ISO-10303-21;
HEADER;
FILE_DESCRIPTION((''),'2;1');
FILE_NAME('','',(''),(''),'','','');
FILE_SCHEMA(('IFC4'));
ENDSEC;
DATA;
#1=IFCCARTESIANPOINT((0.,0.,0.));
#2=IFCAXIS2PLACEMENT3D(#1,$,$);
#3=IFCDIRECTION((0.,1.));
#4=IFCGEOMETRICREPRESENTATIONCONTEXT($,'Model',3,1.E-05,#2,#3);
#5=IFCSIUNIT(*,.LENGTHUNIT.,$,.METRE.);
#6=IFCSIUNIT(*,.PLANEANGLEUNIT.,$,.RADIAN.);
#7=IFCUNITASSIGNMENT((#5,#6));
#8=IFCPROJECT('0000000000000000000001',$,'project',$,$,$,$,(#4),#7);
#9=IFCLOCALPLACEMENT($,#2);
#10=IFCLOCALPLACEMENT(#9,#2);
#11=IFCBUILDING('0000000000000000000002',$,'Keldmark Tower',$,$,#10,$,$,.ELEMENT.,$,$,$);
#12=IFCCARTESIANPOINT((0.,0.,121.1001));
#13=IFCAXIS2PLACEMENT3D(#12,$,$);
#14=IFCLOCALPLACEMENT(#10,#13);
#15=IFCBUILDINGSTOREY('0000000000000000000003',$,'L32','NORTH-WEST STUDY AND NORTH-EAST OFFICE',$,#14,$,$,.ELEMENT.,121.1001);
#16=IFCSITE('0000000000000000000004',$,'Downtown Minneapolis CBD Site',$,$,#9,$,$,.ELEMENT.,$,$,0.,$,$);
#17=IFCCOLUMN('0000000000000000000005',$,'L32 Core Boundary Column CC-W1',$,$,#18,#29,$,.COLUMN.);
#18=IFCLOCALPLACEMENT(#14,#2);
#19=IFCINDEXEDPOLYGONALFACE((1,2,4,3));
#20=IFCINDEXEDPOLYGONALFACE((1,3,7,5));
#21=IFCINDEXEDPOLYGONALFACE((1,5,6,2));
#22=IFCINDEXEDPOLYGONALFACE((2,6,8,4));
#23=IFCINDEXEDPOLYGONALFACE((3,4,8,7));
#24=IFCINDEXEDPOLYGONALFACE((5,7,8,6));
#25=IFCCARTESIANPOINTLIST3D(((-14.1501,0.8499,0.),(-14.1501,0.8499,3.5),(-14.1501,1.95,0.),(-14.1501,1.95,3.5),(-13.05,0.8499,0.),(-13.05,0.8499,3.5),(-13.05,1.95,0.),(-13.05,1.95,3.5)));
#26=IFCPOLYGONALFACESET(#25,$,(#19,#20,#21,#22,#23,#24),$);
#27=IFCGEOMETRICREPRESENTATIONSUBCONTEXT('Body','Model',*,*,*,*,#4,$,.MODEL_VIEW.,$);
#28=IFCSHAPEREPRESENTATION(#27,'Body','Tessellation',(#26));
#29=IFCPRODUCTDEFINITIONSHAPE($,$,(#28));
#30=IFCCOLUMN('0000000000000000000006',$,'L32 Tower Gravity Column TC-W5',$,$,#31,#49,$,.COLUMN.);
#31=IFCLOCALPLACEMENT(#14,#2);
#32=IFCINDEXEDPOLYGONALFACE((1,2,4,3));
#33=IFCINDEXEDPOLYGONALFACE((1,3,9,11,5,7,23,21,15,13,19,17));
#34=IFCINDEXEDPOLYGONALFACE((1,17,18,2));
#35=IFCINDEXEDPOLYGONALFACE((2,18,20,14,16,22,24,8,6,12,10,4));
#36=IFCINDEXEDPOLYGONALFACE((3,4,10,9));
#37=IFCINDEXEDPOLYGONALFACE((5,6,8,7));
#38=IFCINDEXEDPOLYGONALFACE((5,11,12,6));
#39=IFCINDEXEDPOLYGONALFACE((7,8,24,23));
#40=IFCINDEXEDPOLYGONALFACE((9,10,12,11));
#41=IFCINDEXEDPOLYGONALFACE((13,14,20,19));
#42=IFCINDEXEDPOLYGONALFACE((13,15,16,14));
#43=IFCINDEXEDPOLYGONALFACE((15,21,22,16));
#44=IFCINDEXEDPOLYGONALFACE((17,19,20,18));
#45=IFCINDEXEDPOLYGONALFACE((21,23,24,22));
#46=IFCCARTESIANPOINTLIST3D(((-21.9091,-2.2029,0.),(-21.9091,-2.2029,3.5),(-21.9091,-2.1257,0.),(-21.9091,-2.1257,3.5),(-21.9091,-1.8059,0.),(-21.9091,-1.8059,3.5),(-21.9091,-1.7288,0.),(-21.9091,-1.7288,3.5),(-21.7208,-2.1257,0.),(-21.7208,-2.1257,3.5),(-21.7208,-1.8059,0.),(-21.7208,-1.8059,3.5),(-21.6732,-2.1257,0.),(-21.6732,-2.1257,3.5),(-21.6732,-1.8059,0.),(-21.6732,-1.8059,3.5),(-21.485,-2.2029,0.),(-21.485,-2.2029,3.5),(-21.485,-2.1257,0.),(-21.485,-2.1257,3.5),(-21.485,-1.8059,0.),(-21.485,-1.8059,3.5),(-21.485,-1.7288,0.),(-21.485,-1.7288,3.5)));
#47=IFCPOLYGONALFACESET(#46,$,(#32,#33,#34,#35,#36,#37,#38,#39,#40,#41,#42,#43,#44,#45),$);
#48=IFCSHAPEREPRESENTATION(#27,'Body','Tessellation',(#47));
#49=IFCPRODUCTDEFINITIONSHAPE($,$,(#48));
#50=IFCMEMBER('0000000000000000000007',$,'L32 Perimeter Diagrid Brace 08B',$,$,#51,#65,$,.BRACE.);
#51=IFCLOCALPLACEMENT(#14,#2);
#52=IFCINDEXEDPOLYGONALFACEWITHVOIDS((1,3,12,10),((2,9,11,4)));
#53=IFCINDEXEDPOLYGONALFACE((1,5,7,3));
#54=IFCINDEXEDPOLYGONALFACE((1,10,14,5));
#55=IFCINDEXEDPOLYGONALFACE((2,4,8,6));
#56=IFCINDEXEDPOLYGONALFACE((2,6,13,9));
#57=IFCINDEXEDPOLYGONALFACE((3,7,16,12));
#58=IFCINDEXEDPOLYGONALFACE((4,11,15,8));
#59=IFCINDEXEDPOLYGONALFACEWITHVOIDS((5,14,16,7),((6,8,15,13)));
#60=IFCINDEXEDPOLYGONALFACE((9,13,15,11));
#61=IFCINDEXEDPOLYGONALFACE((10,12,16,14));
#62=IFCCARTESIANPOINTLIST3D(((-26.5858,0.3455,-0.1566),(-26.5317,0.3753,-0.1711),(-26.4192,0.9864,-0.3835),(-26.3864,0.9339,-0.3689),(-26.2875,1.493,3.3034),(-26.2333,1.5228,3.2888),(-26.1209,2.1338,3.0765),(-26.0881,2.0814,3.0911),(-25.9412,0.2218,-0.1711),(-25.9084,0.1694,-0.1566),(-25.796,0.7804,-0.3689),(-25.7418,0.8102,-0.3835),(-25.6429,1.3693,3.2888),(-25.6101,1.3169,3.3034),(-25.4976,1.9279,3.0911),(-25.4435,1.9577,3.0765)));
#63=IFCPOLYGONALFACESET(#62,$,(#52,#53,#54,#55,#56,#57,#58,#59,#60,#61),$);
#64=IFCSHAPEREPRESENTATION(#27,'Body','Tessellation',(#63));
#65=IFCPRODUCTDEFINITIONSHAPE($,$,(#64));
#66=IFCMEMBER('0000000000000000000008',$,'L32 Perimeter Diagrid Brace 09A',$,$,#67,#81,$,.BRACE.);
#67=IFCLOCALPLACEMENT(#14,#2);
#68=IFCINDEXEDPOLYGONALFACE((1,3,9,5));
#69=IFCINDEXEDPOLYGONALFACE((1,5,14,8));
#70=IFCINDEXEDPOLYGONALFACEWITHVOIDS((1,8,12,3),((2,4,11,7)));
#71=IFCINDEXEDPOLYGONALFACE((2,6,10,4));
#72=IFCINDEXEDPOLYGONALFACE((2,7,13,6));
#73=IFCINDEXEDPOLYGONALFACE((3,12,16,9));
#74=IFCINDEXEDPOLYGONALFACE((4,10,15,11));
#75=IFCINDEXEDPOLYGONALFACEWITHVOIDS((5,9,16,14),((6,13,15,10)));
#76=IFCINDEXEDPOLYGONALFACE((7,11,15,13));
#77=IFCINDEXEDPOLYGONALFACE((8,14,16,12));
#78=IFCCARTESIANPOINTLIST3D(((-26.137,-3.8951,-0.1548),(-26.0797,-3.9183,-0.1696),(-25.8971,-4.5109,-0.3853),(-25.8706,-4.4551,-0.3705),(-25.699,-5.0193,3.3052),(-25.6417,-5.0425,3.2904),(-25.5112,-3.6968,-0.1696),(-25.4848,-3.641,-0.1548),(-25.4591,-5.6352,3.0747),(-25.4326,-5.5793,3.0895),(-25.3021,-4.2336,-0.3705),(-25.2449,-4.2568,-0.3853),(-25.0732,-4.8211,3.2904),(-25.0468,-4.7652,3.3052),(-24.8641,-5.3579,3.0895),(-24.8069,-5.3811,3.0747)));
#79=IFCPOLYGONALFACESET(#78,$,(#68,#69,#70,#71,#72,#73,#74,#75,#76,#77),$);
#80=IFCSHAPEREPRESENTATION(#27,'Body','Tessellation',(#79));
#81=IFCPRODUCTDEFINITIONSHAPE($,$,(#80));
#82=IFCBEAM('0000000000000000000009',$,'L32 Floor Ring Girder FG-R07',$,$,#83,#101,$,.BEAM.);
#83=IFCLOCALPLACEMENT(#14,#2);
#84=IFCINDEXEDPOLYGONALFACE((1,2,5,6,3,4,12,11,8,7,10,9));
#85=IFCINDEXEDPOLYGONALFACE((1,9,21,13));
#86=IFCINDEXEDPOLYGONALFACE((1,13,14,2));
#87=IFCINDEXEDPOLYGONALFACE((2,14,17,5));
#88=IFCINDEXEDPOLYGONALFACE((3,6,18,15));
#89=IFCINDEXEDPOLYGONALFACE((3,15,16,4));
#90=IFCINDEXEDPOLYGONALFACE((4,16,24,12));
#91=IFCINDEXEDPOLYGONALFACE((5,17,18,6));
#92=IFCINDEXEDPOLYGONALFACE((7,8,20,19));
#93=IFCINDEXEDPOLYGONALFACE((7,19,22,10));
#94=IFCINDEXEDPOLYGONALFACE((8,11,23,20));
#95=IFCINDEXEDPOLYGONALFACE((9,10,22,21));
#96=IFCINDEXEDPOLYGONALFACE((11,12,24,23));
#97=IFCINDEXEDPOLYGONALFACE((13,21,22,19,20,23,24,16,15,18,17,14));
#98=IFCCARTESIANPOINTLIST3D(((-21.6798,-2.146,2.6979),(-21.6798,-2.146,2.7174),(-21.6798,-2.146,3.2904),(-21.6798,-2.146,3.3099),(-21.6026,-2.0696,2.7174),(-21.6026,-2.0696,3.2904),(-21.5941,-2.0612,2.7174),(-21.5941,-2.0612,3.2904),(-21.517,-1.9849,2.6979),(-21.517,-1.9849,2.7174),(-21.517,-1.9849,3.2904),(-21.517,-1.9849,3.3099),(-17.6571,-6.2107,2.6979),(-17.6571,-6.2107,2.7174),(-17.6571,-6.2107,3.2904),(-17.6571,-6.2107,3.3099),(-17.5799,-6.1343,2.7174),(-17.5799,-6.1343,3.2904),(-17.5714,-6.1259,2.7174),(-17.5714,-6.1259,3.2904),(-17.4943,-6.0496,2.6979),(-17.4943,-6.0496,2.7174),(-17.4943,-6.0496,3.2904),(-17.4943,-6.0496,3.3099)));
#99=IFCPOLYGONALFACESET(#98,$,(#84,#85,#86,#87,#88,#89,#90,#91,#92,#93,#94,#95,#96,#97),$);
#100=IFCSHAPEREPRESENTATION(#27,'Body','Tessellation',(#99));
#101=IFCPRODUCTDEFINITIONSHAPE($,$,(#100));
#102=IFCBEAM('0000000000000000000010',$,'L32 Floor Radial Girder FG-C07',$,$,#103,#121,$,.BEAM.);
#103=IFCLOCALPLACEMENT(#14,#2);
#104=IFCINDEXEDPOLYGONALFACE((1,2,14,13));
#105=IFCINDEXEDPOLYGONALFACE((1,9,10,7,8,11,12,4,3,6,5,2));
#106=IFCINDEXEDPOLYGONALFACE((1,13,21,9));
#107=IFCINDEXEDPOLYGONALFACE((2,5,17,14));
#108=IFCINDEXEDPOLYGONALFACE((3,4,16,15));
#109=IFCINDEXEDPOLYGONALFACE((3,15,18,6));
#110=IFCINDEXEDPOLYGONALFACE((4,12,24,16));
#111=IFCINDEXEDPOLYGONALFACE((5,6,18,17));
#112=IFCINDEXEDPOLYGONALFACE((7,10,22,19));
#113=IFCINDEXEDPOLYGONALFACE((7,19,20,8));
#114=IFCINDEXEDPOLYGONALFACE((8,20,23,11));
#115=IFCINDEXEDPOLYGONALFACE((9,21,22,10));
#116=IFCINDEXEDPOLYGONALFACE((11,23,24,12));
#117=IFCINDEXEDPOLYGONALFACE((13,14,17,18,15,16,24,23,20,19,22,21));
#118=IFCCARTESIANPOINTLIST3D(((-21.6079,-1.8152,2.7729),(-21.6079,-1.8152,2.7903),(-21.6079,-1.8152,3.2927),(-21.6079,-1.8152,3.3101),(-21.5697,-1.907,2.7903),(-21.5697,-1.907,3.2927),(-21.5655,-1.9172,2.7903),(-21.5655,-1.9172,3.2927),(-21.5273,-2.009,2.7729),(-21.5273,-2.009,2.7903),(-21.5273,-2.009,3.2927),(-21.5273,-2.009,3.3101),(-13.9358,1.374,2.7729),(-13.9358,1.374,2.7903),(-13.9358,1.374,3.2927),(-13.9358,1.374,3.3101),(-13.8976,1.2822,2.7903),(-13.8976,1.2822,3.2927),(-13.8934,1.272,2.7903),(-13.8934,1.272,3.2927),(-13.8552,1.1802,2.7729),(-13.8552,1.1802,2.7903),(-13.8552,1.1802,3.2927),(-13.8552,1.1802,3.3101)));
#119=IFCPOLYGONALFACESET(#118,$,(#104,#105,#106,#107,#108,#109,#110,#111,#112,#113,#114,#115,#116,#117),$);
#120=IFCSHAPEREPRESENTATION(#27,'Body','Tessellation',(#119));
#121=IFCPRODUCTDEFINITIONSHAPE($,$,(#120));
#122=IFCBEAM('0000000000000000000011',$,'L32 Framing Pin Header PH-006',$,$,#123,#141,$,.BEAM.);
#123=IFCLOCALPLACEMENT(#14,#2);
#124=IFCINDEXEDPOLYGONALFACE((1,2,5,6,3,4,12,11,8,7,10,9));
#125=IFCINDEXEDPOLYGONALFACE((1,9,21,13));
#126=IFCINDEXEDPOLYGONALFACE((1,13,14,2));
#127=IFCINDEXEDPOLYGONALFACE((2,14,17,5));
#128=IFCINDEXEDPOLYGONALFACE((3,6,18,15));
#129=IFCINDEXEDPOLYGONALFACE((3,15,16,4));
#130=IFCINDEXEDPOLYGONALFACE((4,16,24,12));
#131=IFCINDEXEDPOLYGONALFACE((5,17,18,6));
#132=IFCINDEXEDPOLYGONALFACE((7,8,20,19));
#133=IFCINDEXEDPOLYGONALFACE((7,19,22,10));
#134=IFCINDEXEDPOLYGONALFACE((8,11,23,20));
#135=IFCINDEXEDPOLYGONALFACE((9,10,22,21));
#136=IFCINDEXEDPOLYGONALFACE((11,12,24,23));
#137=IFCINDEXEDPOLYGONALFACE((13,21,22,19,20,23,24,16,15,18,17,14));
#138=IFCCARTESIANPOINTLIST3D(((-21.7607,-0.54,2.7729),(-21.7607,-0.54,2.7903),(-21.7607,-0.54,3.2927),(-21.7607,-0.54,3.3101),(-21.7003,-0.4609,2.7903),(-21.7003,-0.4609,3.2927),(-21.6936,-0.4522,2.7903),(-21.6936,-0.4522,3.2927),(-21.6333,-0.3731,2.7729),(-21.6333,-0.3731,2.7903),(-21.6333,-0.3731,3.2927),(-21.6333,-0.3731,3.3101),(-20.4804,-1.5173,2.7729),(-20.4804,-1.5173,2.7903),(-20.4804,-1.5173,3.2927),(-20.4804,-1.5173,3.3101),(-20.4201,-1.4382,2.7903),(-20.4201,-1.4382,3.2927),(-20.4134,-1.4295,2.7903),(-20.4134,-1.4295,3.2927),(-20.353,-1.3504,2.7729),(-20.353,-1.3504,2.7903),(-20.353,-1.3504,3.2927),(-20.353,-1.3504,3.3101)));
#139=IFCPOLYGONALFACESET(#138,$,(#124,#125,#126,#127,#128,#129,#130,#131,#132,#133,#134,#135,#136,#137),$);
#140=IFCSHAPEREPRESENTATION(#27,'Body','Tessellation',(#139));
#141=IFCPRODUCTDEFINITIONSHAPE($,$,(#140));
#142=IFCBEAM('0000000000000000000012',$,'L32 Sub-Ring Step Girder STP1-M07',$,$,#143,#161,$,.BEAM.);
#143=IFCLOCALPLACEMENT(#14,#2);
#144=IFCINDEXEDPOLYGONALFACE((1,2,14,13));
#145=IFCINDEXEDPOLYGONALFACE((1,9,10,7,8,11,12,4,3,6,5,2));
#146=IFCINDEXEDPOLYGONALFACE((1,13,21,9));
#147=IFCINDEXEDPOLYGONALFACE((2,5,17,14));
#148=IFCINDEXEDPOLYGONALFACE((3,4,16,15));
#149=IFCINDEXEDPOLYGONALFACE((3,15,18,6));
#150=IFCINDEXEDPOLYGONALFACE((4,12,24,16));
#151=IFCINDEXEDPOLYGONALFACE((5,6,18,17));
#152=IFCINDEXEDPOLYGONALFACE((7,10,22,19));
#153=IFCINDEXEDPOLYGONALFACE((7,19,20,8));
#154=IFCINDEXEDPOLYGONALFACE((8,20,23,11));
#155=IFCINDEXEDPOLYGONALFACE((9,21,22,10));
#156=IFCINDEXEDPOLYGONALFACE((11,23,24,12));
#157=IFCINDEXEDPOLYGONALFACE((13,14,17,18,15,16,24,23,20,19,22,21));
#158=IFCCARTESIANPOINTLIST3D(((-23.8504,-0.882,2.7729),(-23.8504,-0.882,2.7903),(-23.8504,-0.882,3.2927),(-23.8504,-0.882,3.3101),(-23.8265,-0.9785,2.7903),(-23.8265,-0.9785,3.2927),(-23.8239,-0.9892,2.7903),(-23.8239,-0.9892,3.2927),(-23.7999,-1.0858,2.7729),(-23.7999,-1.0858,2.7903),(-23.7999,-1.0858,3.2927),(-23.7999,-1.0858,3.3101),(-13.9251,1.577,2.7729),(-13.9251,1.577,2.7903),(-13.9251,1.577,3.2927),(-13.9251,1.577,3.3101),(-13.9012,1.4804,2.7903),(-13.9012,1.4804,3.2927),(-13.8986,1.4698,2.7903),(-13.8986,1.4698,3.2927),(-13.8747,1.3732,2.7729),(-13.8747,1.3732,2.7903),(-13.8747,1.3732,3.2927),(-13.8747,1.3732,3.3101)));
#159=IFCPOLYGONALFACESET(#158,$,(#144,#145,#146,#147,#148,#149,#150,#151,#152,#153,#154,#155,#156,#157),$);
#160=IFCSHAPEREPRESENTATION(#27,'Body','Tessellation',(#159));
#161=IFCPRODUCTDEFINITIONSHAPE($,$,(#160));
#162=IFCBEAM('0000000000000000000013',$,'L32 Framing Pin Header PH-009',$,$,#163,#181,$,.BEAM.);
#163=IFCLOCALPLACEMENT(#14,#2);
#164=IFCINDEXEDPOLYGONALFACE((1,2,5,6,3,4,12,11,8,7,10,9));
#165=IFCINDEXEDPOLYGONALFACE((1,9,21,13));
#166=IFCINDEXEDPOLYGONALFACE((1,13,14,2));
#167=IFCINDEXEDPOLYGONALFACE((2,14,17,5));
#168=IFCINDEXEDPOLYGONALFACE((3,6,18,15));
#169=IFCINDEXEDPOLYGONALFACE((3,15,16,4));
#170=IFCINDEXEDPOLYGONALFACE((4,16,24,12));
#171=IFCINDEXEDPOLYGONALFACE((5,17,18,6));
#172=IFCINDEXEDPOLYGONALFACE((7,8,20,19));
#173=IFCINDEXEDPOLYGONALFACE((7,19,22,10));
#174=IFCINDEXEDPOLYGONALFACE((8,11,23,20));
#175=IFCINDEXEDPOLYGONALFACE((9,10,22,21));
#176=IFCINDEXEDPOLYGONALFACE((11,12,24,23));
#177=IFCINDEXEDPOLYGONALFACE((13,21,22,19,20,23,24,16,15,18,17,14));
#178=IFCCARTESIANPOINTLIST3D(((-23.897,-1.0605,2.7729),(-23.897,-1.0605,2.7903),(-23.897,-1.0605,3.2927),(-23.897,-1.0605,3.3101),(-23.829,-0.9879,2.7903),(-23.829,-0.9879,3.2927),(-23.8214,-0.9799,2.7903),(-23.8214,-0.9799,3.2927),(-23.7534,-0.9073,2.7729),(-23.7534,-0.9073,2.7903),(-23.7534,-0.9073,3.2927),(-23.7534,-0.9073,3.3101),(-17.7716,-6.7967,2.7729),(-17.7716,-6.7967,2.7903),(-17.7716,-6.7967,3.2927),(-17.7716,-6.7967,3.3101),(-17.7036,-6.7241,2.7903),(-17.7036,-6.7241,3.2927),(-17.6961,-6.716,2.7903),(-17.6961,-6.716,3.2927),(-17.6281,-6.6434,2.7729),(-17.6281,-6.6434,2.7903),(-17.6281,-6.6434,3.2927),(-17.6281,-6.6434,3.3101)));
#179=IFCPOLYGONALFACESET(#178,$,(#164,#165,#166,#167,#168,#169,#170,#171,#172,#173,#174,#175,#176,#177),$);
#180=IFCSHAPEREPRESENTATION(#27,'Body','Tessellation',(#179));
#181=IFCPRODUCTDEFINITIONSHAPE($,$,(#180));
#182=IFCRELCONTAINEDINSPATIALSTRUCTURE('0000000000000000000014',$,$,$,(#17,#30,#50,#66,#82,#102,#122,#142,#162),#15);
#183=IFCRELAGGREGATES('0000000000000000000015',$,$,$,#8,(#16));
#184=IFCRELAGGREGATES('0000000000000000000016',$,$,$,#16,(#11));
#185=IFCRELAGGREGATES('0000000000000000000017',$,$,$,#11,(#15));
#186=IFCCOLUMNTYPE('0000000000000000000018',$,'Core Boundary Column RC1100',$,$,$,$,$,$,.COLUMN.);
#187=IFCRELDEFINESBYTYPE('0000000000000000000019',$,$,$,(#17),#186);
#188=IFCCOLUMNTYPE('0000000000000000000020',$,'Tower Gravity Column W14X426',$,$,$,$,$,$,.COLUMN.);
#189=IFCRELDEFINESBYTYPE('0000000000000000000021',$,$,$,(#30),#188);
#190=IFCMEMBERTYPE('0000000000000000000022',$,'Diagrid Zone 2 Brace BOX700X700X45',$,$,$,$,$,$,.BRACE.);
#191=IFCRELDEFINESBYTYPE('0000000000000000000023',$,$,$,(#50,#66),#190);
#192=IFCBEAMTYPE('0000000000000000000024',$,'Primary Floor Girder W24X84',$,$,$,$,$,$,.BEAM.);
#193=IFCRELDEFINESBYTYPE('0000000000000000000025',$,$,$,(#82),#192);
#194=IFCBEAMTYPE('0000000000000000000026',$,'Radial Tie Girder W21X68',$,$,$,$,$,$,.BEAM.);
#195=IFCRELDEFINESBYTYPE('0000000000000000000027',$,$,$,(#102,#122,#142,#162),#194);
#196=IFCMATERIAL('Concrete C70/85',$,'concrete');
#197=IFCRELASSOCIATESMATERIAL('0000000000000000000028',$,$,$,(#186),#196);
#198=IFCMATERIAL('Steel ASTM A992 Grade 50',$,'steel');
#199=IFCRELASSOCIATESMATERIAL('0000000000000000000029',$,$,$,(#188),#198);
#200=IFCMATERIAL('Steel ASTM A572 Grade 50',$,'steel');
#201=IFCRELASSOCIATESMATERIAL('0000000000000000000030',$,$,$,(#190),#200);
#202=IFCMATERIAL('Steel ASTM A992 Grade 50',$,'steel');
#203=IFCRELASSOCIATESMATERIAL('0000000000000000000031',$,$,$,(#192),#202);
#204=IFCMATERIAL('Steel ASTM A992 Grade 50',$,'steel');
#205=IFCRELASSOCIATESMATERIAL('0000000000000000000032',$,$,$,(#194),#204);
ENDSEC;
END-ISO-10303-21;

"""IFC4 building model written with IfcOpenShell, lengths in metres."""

from ifc_helpers import new_model, si_unit, direction, frame, origin, origin_2d, place, context, subcontext, project, spatial, rectangle, hollow_rectangle, i_section, extrude, material, material_profile, profile_set, type_object, element, save


model = new_model("IFC4")

# Units and contexts
model_context = context("Model", 3, precision=1e-05, world=origin(), true_north=direction((0.0, 1.0)))
body_context = subcontext(model_context, "Body", "Model", "MODEL_VIEW")
ifc_project = project(units=[si_unit("LENGTHUNIT", "METRE"), si_unit("PLANEANGLEUNIT", "RADIAN")], contexts=[model_context])

# Site, building, storey
site_placement = place(None, origin())
site = spatial("IfcSite", under=ifc_project, at=site_placement, Name="Downtown Minneapolis CBD Site", CompositionType="ELEMENT", RefElevation=0.0)
building_placement = place(site_placement, origin())
building = spatial("IfcBuilding", under=site, at=building_placement, Name="Keldmark Tower", CompositionType="ELEMENT")
storey_placement = place(building_placement, frame((0.0, 0.0, 121.1001)))
storey = spatial("IfcBuildingStorey", under=building, at=storey_placement, Name="L32", Description="NORTH-WEST STUDY AND NORTH-EAST OFFICE", CompositionType="ELEMENT", Elevation=121.1001)

# Columns
ifc_material_1 = material(Name="Concrete C70/85", Category="concrete")
ifc_material_profile_1 = material_profile(ifc_material_1, rectangle(XDim=1.1001, YDim=1.1001, at=origin_2d()), Name="RC1100X1100")
ifc_profile_set_1 = profile_set([ifc_material_profile_1], Name="Concrete C70/85")
column_type_1 = type_object("IfcColumnType", Name="Core Boundary Column RC1100", PredefinedType="COLUMN", material=ifc_profile_set_1)
column_1_placement = place(storey_placement, frame((-13.6001, 1.3999, 0.0), z_axis=(0.0, 0.0, 1.0), x_axis=(1.0, 0.0, 0.0)))
element("IfcColumn", 1, at=column_1_placement, inside=storey, type_object=column_type_1, Name="L32 Core Boundary Column CC-W1", PredefinedType="COLUMN", context=body_context, shape_type="SweptSolid", body=[
    extrude(rectangle(XDim=1.1001, YDim=1.1001, at=origin_2d()), origin(), (0.0, 0.0, 1.0), 3.5),
])
ifc_material_2 = material(Name="Steel ASTM A992 Grade 50", Category="steel")
ifc_material_profile_2 = material_profile(ifc_material_2, i_section(OverallWidth=0.4241, OverallDepth=0.4741, WebThickness=0.0476, FlangeThickness=0.0771, at=origin_2d()), Name="W14X426")
ifc_profile_set_2 = profile_set([ifc_material_profile_2], Name="Steel ASTM A992 Grade 50")
column_type_2 = type_object("IfcColumnType", Name="Tower Gravity Column W14X426", PredefinedType="COLUMN", material=ifc_profile_set_2)
column_2_placement = place(storey_placement, frame((-21.697, -1.9658, 0.0), z_axis=(0.0, 0.0, 1.0), x_axis=(1.0, 0.0, 0.0)))
element("IfcColumn", 2, at=column_2_placement, inside=storey, type_object=column_type_2, Name="L32 Tower Gravity Column TC-W5", PredefinedType="COLUMN", context=body_context, shape_type="SweptSolid", body=[
    extrude(i_section(OverallWidth=0.4241, OverallDepth=0.4741, WebThickness=0.0476, FlangeThickness=0.0771, at=origin_2d()), origin(), (0.0, 0.0, 1.0), 3.5),
])

# Members
ifc_material_3 = material(Name="Steel ASTM A572 Grade 50", Category="steel")
ifc_material_profile_3 = material_profile(ifc_material_3, hollow_rectangle(XDim=0.7, YDim=0.7, WallThickness=0.0449, at=origin_2d()), Name="BOX700X700X45")
ifc_profile_set_3 = profile_set([ifc_material_profile_3], Name="Steel ASTM A572 Grade 50")
member_type = type_object("IfcMemberType", Name="Diagrid Zone 2 Brace BOX700X700X45", PredefinedType="BRACE", material=ifc_profile_set_3)
member_1_placement = place(storey_placement, frame((-26.1638, 0.5779, -0.27), z_axis=(0.08157, 0.313732, 0.946001), x_axis=(-0.967823, 0.251634, 0.0)))
element("IfcMember", 3, at=member_1_placement, inside=storey, type_object=member_type, Name="L32 Perimeter Diagrid Brace 08B", PredefinedType="BRACE", context=body_context, shape_type="SweptSolid", body=[
    extrude(hollow_rectangle(XDim=0.7, YDim=0.7, WallThickness=0.0449, at=origin_2d()), origin(), (0.0, 0.0, 1.0), 3.6575),
])
member_2_placement = place(storey_placement, frame((-25.6909, -4.0759, -0.27), z_axis=(0.119528, -0.306816, 0.944234), x_axis=(0.931788, 0.363003, 0.0)))
element("IfcMember", 4, at=member_2_placement, inside=storey, type_object=member_type, Name="L32 Perimeter Diagrid Brace 09A", PredefinedType="BRACE", context=body_context, shape_type="SweptSolid", body=[
    extrude(hollow_rectangle(XDim=0.7, YDim=0.7, WallThickness=0.0449, at=origin_2d()), origin(), (0.0, 0.0, 1.0), 3.6643),
])

# Beams
ifc_material_4 = material(Name="Steel ASTM A992 Grade 50", Category="steel")
ifc_material_profile_4 = material_profile(ifc_material_4, i_section(OverallWidth=0.229, OverallDepth=0.6121, WebThickness=0.012, FlangeThickness=0.0195, at=origin_2d()), Name="W24X84")
ifc_profile_set_4 = profile_set([ifc_material_profile_4], Name="Steel ASTM A992 Grade 50")
beam_type_1 = type_object("IfcBeamType", Name="Primary Floor Girder W24X84", PredefinedType="BEAM", material=ifc_profile_set_4)
beam_1_placement = place(storey_placement, frame((-21.5984, -2.0654, 3.0039), z_axis=(0.703426, -0.710769, 0.0), x_axis=(0.710769, 0.703426, 0.0)))
element("IfcBeam", 5, at=beam_1_placement, inside=storey, type_object=beam_type_1, Name="L32 Floor Ring Girder FG-R07", PredefinedType="BEAM", context=body_context, shape_type="SweptSolid", body=[
    extrude(i_section(OverallWidth=0.229, OverallDepth=0.6121, WebThickness=0.012, FlangeThickness=0.0195, at=origin_2d()), origin(), (0.0, 0.0, 1.0), 5.7188),
])
ifc_material_5 = material(Name="Steel ASTM A992 Grade 50", Category="steel")
ifc_material_profile_5 = material_profile(ifc_material_5, i_section(OverallWidth=0.21, OverallDepth=0.5371, WebThickness=0.011, FlangeThickness=0.0173, at=origin_2d()), Name="W21X68")
ifc_profile_set_5 = profile_set([ifc_material_profile_5], Name="Steel ASTM A992 Grade 50")
beam_type_2 = type_object("IfcBeamType", Name="Radial Tie Girder W21X68", PredefinedType="BEAM", material=ifc_profile_set_5)
beam_2_placement = place(storey_placement, frame((-21.5676, -1.9121, 3.0415), z_axis=(0.923397, 0.383845, 0.0), x_axis=(-0.383845, 0.923397, 0.0)))
element("IfcBeam", 6, at=beam_2_placement, inside=storey, type_object=beam_type_2, Name="L32 Floor Radial Girder FG-C07", PredefinedType="BEAM", context=body_context, shape_type="SweptSolid", body=[
    extrude(i_section(OverallWidth=0.21, OverallDepth=0.5371, WebThickness=0.011, FlangeThickness=0.0173, at=origin_2d()), origin(), (0.0, 0.0, 1.0), 8.3086),
])
beam_3_placement = place(storey_placement, frame((-20.4167, -1.4338, 3.0415), z_axis=(-0.794878, 0.606769, 0.0), x_axis=(-0.606769, -0.794878, 0.0)))
element("IfcBeam", 7, at=beam_3_placement, inside=storey, type_object=beam_type_2, Name="L32 Framing Pin Header PH-006", PredefinedType="BEAM", context=body_context, shape_type="SweptSolid", body=[
    extrude(i_section(OverallWidth=0.21, OverallDepth=0.5371, WebThickness=0.011, FlangeThickness=0.0173, at=origin_2d()), origin(), (0.0, 0.0, 1.0), 1.6106),
])
beam_4_placement = place(storey_placement, frame((-13.8999, 1.4751, 3.0415), z_axis=(-0.970654, -0.240479, 0.0), x_axis=(0.240479, -0.970654, 0.0)))
element("IfcBeam", 8, at=beam_4_placement, inside=storey, type_object=beam_type_2, Name="L32 Sub-Ring Step Girder STP1-M07", PredefinedType="BEAM", context=body_context, shape_type="SweptSolid", body=[
    extrude(i_section(OverallWidth=0.21, OverallDepth=0.5371, WebThickness=0.011, FlangeThickness=0.0173, at=origin_2d()), origin(), (0.0, 0.0, 1.0), 10.2253),
])
beam_5_placement = place(storey_placement, frame((-23.8252, -0.9839, 3.0415), z_axis=(0.729914, -0.683539, 0.0), x_axis=(0.683539, 0.729914, 0.0)))
element("IfcBeam", 9, at=beam_5_placement, inside=storey, type_object=beam_type_2, Name="L32 Framing Pin Header PH-009", PredefinedType="BEAM", context=body_context, shape_type="SweptSolid", body=[
    extrude(i_section(OverallWidth=0.21, OverallDepth=0.5371, WebThickness=0.011, FlangeThickness=0.0173, at=origin_2d()), origin(), (0.0, 0.0, 1.0), 8.3918),
])

save(model, "model.ifc")
